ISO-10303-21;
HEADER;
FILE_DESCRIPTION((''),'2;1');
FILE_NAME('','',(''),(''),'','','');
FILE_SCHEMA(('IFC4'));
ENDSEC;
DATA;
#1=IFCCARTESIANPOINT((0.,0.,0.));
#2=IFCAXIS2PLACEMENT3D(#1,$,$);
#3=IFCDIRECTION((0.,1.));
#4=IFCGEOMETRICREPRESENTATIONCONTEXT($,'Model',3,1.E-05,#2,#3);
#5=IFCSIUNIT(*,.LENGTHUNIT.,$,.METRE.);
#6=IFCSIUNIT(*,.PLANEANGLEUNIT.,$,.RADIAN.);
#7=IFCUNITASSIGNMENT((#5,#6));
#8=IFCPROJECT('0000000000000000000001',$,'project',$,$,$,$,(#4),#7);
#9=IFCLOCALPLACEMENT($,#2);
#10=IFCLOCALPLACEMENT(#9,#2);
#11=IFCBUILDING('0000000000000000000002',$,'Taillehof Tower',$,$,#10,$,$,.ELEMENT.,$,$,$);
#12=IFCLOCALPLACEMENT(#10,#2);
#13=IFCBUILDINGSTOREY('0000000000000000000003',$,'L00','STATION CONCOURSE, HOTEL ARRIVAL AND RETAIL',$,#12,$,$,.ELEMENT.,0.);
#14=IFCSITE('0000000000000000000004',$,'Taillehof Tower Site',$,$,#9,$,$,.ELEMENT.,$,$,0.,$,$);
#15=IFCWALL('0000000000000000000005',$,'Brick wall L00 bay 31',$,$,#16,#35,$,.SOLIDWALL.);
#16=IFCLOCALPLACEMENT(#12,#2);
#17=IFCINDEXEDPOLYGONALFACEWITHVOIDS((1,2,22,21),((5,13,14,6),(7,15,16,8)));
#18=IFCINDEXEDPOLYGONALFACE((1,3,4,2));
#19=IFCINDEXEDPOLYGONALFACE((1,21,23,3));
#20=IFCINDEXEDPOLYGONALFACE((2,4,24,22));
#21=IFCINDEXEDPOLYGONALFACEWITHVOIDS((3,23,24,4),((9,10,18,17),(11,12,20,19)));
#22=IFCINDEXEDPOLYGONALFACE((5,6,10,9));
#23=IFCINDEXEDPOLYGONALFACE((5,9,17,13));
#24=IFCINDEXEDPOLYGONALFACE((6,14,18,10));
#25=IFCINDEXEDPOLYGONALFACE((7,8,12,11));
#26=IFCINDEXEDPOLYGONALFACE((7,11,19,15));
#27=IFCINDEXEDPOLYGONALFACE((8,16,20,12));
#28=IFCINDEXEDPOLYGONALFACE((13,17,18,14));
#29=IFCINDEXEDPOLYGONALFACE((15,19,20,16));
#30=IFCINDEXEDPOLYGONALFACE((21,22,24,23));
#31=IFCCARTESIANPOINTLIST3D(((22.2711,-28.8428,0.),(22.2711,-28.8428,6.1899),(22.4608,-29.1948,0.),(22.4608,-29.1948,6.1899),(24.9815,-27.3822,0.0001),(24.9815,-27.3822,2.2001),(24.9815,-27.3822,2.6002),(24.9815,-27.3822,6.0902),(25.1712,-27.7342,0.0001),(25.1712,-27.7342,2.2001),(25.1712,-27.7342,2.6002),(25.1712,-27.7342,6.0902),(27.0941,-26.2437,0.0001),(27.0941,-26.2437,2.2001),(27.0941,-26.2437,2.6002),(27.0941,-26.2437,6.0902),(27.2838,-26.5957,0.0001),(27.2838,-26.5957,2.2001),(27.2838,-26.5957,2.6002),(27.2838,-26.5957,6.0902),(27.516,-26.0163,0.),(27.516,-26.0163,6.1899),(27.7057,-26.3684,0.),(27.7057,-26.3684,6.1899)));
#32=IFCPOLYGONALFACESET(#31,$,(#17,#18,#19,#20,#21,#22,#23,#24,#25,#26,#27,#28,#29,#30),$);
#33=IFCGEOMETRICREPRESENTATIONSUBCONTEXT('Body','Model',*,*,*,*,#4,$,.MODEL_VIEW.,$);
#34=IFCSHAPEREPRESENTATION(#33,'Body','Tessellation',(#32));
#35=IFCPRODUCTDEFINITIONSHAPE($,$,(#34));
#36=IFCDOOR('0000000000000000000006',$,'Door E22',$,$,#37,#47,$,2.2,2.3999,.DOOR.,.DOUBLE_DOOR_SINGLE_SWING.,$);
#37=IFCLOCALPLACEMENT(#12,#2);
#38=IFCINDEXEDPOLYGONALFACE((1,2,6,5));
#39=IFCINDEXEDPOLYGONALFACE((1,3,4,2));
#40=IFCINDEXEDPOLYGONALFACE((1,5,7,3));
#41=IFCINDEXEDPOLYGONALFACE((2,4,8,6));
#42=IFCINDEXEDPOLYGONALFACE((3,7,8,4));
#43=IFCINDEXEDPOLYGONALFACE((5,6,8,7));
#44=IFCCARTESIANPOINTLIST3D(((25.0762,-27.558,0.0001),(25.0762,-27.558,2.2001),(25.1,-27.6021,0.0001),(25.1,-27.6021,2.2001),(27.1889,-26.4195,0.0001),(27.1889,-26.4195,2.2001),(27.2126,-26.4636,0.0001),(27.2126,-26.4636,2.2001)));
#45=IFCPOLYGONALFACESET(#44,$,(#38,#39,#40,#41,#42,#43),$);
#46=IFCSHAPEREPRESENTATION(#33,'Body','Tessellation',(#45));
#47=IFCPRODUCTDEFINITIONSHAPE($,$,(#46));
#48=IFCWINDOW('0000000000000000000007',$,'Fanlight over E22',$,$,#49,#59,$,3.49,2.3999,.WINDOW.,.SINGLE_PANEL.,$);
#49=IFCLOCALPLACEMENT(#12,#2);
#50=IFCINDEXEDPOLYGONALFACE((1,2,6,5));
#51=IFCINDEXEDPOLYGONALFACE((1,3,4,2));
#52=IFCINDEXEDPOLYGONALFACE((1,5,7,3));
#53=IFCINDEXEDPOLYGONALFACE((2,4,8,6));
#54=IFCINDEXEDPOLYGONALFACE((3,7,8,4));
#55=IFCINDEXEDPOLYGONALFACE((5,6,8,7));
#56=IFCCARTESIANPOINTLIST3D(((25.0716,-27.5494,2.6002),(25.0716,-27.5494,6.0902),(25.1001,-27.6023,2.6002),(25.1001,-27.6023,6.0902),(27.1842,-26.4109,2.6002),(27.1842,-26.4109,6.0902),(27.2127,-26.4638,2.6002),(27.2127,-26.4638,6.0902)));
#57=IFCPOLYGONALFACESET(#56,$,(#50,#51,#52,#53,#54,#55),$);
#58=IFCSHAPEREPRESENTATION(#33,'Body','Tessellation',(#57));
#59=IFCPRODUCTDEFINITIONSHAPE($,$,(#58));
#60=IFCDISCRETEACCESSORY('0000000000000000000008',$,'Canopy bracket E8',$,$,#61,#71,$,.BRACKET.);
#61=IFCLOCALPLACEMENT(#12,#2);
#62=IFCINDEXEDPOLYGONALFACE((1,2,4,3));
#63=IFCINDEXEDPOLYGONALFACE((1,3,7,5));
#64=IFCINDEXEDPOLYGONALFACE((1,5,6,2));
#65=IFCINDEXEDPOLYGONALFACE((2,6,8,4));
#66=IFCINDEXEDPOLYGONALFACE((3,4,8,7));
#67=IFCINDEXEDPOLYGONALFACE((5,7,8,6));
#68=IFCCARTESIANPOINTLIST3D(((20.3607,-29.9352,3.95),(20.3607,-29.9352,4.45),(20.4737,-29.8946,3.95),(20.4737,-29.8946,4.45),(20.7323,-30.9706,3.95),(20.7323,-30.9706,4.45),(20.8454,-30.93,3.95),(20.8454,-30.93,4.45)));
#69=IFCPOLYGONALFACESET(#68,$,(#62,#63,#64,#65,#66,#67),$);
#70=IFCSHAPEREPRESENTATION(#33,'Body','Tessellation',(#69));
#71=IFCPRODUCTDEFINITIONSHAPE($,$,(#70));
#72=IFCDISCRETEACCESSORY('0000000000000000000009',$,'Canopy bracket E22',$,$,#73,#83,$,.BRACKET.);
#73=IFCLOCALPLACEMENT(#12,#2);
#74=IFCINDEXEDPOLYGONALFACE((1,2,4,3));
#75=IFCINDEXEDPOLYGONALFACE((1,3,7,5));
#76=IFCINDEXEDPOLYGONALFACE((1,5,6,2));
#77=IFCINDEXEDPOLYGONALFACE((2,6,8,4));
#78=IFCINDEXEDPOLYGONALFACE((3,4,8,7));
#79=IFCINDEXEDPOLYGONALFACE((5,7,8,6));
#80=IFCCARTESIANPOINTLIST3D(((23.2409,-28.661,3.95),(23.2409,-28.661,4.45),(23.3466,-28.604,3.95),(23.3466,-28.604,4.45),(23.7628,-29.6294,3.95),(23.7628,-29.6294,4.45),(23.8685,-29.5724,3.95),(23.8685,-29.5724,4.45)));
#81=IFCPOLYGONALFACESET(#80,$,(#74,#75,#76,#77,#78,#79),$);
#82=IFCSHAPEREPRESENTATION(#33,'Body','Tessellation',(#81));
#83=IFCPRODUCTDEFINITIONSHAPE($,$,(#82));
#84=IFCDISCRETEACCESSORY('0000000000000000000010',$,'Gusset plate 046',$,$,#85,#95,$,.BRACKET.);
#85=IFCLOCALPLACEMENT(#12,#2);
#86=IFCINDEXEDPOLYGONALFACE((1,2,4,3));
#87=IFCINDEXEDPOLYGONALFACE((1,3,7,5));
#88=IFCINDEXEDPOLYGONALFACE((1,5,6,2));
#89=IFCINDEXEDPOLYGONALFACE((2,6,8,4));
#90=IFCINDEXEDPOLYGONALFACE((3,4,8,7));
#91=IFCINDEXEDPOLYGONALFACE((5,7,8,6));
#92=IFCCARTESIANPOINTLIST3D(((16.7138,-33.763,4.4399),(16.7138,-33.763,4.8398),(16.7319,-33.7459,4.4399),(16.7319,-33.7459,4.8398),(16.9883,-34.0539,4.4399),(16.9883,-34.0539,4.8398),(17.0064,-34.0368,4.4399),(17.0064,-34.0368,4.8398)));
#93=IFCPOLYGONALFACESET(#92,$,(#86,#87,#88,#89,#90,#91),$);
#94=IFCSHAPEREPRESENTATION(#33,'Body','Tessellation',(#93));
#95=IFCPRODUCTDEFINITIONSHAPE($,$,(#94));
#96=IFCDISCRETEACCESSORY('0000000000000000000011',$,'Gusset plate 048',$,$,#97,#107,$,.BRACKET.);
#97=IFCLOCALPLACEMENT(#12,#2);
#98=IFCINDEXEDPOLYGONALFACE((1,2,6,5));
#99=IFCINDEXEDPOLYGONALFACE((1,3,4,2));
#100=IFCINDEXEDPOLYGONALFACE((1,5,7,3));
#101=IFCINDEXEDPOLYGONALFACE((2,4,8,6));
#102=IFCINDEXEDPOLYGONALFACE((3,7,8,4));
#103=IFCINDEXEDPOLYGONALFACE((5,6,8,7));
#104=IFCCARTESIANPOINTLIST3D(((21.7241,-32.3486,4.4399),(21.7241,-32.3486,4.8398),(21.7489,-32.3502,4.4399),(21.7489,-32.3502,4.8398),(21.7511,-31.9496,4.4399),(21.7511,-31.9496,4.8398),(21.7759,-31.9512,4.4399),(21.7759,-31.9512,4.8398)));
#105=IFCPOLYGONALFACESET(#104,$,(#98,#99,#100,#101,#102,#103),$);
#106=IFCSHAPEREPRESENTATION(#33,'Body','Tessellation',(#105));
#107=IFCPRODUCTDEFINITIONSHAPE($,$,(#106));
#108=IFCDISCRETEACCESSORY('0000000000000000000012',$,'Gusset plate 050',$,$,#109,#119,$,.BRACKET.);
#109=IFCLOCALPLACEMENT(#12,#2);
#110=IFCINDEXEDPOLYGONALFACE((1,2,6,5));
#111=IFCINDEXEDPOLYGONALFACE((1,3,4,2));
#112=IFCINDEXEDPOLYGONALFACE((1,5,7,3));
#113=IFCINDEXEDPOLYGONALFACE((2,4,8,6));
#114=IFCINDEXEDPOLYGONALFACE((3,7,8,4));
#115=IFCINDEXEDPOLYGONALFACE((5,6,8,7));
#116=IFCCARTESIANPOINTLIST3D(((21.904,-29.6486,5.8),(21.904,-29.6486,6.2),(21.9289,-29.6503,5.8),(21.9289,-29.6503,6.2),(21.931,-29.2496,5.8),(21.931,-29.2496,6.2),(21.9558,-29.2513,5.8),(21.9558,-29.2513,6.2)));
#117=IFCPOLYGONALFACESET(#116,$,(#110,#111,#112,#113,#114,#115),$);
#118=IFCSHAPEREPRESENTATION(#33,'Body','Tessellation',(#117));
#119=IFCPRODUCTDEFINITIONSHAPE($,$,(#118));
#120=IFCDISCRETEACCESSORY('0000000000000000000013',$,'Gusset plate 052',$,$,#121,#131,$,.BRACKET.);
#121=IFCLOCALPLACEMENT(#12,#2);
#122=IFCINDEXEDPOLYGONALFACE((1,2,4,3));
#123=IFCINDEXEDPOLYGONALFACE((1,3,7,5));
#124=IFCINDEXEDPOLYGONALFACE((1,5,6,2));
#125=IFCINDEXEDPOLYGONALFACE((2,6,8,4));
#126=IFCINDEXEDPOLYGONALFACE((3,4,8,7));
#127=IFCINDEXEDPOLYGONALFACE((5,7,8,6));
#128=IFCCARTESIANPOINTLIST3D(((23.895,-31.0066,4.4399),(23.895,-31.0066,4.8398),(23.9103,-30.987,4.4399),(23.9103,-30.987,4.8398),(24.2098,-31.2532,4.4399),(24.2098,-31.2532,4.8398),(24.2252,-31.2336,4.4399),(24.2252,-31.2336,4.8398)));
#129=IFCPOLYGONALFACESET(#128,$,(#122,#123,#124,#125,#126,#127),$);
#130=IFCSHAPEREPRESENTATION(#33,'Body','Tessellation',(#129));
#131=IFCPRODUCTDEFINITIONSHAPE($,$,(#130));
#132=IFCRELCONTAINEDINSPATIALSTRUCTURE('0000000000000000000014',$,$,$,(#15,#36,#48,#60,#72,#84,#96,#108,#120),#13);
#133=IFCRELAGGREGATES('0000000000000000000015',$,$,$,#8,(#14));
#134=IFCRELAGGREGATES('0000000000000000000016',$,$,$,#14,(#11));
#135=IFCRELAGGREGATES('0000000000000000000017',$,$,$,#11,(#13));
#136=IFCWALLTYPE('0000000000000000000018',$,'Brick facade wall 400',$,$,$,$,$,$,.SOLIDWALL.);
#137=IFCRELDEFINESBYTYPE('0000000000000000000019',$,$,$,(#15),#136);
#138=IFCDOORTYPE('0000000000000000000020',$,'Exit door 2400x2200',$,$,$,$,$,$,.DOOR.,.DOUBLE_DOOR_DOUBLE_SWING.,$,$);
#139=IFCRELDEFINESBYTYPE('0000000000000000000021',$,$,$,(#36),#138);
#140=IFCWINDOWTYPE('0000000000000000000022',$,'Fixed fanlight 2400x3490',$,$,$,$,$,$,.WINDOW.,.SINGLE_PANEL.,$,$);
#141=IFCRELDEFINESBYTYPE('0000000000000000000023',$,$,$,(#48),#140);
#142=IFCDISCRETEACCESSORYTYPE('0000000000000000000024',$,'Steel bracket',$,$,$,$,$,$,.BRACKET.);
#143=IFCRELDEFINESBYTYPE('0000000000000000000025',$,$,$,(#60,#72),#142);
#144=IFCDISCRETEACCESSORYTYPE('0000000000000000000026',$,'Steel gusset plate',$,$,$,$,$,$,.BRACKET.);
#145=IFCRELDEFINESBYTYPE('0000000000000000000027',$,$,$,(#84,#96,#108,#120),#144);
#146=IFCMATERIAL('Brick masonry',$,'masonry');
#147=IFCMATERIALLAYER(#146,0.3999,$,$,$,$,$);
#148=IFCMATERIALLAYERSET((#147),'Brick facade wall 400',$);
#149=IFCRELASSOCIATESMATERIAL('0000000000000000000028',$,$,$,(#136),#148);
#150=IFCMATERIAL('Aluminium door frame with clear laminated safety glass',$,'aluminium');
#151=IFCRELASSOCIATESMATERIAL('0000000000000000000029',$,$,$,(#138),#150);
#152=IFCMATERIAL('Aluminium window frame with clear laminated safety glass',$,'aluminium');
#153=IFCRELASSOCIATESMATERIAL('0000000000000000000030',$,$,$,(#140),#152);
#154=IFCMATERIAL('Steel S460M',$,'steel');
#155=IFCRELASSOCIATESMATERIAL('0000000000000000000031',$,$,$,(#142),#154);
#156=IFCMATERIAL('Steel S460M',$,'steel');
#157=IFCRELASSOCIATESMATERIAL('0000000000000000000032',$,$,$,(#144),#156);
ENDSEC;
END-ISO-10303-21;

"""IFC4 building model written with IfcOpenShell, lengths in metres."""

from ifc_helpers import new_model, si_unit, direction, frame, frame_2d, origin, origin_2d, place, context, subcontext, project, spatial, rectangle, extrude, material, layer, layer_set, type_object, element, fill, save


model = new_model("IFC4")

# Units and contexts
model_context = context("Model", 3, precision=1e-05, world=origin(), true_north=direction((0.0, 1.0)))
body_context = subcontext(model_context, "Body", "Model", "MODEL_VIEW")
ifc_project = project(units=[si_unit("LENGTHUNIT", "METRE"), si_unit("PLANEANGLEUNIT", "RADIAN")], contexts=[model_context])

# Site, building, storey
site_placement = place(None, origin())
site = spatial("IfcSite", under=ifc_project, at=site_placement, Name="Taillehof Tower Site", CompositionType="ELEMENT", RefElevation=0.0)
building_placement = place(site_placement, origin())
building = spatial("IfcBuilding", under=site, at=building_placement, Name="Taillehof Tower", CompositionType="ELEMENT")
storey_placement = place(building_placement, origin())
storey = spatial("IfcBuildingStorey", under=building, at=storey_placement, Name="L00", Description="STATION CONCOURSE, HOTEL ARRIVAL AND RETAIL", CompositionType="ELEMENT", Elevation=0.0)

# Wall, openings, door, window
ifc_material_1 = material(Name="Brick masonry", Category="masonry")
ifc_layer = layer(ifc_material_1, 0.3999)
ifc_layer_set = layer_set([ifc_layer], Name="Brick facade wall 400")
wall_type = type_object("IfcWallType", Name="Brick facade wall 400", PredefinedType="SOLIDWALL", material=ifc_layer_set)
wall_placement = place(storey_placement, frame((22.366, -29.0188, 0.0), z_axis=(0.0, 0.0, 1.0), x_axis=(0.880313, 0.474393, 0.0)))
wall = element("IfcWall", 1, at=wall_placement, inside=storey, type_object=wall_type, Name="Brick wall L00 bay 31", PredefinedType="SOLIDWALL", context=body_context, shape_type="SweptSolid", body=[
    extrude(rectangle(XDim=5.958, YDim=0.3999, at=frame_2d((2.979, 0.0))), origin(), (0.0, 0.0, 1.0), 6.1899),
])
opening_1_placement = place(wall_placement, frame((3.0789, 0.0, 0.0)))
opening_1 = element("IfcOpeningElement", 2, at=opening_1_placement, cuts=wall, PredefinedType="OPENING", context=body_context, shape_type="SweptSolid", body=[
    extrude(rectangle(XDim=2.3999, YDim=2.2, at=frame_2d((1.2, 1.1001))), frame((0.0, 0.21, 0.0), z_axis=(0.0, -1.0, 0.0), x_axis=(1.0, 0.0, 0.0)), (0.0, 0.0, 1.0), 0.4199),
])
opening_2_placement = place(wall_placement, frame((3.0789, 0.0, 2.6001)))
opening_2 = element("IfcOpeningElement", 3, at=opening_2_placement, cuts=wall, PredefinedType="OPENING", context=body_context, shape_type="SweptSolid", body=[
    extrude(rectangle(XDim=2.3999, YDim=3.49, at=frame_2d((1.2, 1.7451))), frame((0.0, 0.21, 0.0), z_axis=(0.0, -1.0, 0.0), x_axis=(1.0, 0.0, 0.0)), (0.0, 0.0, 1.0), 0.4199),
])
ifc_material_2 = material(Name="Aluminium door frame with clear laminated safety glass", Category="aluminium")
door_type = type_object("IfcDoorType", Name="Exit door 2400x2200", OperationType="DOUBLE_DOOR_DOUBLE_SWING", PredefinedType="DOOR", material=ifc_material_2)
door_placement = place(opening_1_placement, frame((2.3999, 0.0, 0.0), z_axis=(0.0, 0.0, 1.0), x_axis=(-1.0, 0.0, 0.0)))
door = element("IfcDoor", 4, at=door_placement, inside=storey, type_object=door_type, Name="Door E22", OperationType="DOUBLE_DOOR_SINGLE_SWING", OverallHeight=2.2, OverallWidth=2.3999, PredefinedType="DOOR", context=body_context, shape_type="SweptSolid", body=[
    extrude(rectangle(XDim=2.3999, YDim=2.2, at=frame_2d((1.2, 1.1001))), frame((0.0, 0.0498, 0.0), z_axis=(0.0, -1.0, 0.0), x_axis=(1.0, 0.0, 0.0)), (0.0, 0.0, 1.0), 0.05),
])
fill(opening_1, door)
ifc_material_3 = material(Name="Aluminium window frame with clear laminated safety glass", Category="aluminium")
window_type = type_object("IfcWindowType", Name="Fixed fanlight 2400x3490", PartitioningType="SINGLE_PANEL", PredefinedType="WINDOW", material=ifc_material_3)
window_placement = place(opening_2_placement, origin())
window = element("IfcWindow", 5, at=window_placement, inside=storey, type_object=window_type, Name="Fanlight over E22", OverallHeight=3.49, OverallWidth=2.3999, PartitioningType="SINGLE_PANEL", PredefinedType="WINDOW", context=body_context, shape_type="SweptSolid", body=[
    extrude(rectangle(XDim=2.3999, YDim=3.49, at=frame_2d((1.2, 1.7451))), frame((0.0, 0.01, 0.0), z_axis=(0.0, -1.0, 0.0), x_axis=(1.0, 0.0, 0.0)), (0.0, 0.0, 1.0), 0.0601),
])
fill(opening_2, window)

# Discrete accessories
ifc_material_4 = material(Name="Steel S460M", Category="steel")
discrete_accessory_type_1 = type_object("IfcDiscreteAccessoryType", Name="Steel bracket", PredefinedType="BRACKET", material=ifc_material_4)
for number, where, z_axis, x_axis, name in (
    (6, (20.603, -30.4326, 3.95), (0.0, 0.0, 1.0), (0.337798, -0.941218, 0.0), "Canopy bracket E8"),
    (7, (23.5547, -29.1167, 3.95), (0.0, 0.0, 1.0), (0.474415, -0.880301, 0.0), "Canopy bracket E22"),
):
    element("IfcDiscreteAccessory", number, at=place(storey_placement, frame(where, z_axis=z_axis, x_axis=x_axis)), inside=storey, type_object=discrete_accessory_type_1, Name=name, PredefinedType="BRACKET", context=body_context, shape_type="SweptSolid", body=[
        extrude(rectangle(XDim=1.1001, YDim=0.1201, at=origin_2d()), origin(), (0.0, 0.0, 1.0), 0.5),
    ])
ifc_material_5 = material(Name="Steel S460M", Category="steel")
discrete_accessory_type_2 = type_object("IfcDiscreteAccessoryType", Name="Steel gusset plate", PredefinedType="BRACKET", material=ifc_material_5)
for number, where, z_axis, x_axis, name in (
    (8, (16.8601, -33.8999, 4.4399), (0.0, 0.0, 1.0), (-0.686251, 0.727364, 0.0), "Gusset plate 046"),
    (9, (21.75, -32.1499, 4.4399), (0.0, 0.0, 1.0), (0.067477, 0.997721, 0.0), "Gusset plate 048"),
    (10, (21.9299, -29.45, 5.8), (0.0, 0.0, 1.0), (0.067477, 0.997721, 0.0), "Gusset plate 050"),
    (11, (24.0601, -31.1201, 4.4399), (0.0, 0.0, 1.0), (-0.787273, 0.616605, 0.0), "Gusset plate 052"),
):
    element("IfcDiscreteAccessory", number, at=place(storey_placement, frame(where, z_axis=z_axis, x_axis=x_axis)), inside=storey, type_object=discrete_accessory_type_2, Name=name, PredefinedType="BRACKET", context=body_context, shape_type="SweptSolid", body=[
        extrude(rectangle(XDim=0.3999, YDim=0.0249, at=origin_2d()), origin(), (0.0, 0.0, 1.0), 0.3999),
    ])

save(model, "model.ifc")
